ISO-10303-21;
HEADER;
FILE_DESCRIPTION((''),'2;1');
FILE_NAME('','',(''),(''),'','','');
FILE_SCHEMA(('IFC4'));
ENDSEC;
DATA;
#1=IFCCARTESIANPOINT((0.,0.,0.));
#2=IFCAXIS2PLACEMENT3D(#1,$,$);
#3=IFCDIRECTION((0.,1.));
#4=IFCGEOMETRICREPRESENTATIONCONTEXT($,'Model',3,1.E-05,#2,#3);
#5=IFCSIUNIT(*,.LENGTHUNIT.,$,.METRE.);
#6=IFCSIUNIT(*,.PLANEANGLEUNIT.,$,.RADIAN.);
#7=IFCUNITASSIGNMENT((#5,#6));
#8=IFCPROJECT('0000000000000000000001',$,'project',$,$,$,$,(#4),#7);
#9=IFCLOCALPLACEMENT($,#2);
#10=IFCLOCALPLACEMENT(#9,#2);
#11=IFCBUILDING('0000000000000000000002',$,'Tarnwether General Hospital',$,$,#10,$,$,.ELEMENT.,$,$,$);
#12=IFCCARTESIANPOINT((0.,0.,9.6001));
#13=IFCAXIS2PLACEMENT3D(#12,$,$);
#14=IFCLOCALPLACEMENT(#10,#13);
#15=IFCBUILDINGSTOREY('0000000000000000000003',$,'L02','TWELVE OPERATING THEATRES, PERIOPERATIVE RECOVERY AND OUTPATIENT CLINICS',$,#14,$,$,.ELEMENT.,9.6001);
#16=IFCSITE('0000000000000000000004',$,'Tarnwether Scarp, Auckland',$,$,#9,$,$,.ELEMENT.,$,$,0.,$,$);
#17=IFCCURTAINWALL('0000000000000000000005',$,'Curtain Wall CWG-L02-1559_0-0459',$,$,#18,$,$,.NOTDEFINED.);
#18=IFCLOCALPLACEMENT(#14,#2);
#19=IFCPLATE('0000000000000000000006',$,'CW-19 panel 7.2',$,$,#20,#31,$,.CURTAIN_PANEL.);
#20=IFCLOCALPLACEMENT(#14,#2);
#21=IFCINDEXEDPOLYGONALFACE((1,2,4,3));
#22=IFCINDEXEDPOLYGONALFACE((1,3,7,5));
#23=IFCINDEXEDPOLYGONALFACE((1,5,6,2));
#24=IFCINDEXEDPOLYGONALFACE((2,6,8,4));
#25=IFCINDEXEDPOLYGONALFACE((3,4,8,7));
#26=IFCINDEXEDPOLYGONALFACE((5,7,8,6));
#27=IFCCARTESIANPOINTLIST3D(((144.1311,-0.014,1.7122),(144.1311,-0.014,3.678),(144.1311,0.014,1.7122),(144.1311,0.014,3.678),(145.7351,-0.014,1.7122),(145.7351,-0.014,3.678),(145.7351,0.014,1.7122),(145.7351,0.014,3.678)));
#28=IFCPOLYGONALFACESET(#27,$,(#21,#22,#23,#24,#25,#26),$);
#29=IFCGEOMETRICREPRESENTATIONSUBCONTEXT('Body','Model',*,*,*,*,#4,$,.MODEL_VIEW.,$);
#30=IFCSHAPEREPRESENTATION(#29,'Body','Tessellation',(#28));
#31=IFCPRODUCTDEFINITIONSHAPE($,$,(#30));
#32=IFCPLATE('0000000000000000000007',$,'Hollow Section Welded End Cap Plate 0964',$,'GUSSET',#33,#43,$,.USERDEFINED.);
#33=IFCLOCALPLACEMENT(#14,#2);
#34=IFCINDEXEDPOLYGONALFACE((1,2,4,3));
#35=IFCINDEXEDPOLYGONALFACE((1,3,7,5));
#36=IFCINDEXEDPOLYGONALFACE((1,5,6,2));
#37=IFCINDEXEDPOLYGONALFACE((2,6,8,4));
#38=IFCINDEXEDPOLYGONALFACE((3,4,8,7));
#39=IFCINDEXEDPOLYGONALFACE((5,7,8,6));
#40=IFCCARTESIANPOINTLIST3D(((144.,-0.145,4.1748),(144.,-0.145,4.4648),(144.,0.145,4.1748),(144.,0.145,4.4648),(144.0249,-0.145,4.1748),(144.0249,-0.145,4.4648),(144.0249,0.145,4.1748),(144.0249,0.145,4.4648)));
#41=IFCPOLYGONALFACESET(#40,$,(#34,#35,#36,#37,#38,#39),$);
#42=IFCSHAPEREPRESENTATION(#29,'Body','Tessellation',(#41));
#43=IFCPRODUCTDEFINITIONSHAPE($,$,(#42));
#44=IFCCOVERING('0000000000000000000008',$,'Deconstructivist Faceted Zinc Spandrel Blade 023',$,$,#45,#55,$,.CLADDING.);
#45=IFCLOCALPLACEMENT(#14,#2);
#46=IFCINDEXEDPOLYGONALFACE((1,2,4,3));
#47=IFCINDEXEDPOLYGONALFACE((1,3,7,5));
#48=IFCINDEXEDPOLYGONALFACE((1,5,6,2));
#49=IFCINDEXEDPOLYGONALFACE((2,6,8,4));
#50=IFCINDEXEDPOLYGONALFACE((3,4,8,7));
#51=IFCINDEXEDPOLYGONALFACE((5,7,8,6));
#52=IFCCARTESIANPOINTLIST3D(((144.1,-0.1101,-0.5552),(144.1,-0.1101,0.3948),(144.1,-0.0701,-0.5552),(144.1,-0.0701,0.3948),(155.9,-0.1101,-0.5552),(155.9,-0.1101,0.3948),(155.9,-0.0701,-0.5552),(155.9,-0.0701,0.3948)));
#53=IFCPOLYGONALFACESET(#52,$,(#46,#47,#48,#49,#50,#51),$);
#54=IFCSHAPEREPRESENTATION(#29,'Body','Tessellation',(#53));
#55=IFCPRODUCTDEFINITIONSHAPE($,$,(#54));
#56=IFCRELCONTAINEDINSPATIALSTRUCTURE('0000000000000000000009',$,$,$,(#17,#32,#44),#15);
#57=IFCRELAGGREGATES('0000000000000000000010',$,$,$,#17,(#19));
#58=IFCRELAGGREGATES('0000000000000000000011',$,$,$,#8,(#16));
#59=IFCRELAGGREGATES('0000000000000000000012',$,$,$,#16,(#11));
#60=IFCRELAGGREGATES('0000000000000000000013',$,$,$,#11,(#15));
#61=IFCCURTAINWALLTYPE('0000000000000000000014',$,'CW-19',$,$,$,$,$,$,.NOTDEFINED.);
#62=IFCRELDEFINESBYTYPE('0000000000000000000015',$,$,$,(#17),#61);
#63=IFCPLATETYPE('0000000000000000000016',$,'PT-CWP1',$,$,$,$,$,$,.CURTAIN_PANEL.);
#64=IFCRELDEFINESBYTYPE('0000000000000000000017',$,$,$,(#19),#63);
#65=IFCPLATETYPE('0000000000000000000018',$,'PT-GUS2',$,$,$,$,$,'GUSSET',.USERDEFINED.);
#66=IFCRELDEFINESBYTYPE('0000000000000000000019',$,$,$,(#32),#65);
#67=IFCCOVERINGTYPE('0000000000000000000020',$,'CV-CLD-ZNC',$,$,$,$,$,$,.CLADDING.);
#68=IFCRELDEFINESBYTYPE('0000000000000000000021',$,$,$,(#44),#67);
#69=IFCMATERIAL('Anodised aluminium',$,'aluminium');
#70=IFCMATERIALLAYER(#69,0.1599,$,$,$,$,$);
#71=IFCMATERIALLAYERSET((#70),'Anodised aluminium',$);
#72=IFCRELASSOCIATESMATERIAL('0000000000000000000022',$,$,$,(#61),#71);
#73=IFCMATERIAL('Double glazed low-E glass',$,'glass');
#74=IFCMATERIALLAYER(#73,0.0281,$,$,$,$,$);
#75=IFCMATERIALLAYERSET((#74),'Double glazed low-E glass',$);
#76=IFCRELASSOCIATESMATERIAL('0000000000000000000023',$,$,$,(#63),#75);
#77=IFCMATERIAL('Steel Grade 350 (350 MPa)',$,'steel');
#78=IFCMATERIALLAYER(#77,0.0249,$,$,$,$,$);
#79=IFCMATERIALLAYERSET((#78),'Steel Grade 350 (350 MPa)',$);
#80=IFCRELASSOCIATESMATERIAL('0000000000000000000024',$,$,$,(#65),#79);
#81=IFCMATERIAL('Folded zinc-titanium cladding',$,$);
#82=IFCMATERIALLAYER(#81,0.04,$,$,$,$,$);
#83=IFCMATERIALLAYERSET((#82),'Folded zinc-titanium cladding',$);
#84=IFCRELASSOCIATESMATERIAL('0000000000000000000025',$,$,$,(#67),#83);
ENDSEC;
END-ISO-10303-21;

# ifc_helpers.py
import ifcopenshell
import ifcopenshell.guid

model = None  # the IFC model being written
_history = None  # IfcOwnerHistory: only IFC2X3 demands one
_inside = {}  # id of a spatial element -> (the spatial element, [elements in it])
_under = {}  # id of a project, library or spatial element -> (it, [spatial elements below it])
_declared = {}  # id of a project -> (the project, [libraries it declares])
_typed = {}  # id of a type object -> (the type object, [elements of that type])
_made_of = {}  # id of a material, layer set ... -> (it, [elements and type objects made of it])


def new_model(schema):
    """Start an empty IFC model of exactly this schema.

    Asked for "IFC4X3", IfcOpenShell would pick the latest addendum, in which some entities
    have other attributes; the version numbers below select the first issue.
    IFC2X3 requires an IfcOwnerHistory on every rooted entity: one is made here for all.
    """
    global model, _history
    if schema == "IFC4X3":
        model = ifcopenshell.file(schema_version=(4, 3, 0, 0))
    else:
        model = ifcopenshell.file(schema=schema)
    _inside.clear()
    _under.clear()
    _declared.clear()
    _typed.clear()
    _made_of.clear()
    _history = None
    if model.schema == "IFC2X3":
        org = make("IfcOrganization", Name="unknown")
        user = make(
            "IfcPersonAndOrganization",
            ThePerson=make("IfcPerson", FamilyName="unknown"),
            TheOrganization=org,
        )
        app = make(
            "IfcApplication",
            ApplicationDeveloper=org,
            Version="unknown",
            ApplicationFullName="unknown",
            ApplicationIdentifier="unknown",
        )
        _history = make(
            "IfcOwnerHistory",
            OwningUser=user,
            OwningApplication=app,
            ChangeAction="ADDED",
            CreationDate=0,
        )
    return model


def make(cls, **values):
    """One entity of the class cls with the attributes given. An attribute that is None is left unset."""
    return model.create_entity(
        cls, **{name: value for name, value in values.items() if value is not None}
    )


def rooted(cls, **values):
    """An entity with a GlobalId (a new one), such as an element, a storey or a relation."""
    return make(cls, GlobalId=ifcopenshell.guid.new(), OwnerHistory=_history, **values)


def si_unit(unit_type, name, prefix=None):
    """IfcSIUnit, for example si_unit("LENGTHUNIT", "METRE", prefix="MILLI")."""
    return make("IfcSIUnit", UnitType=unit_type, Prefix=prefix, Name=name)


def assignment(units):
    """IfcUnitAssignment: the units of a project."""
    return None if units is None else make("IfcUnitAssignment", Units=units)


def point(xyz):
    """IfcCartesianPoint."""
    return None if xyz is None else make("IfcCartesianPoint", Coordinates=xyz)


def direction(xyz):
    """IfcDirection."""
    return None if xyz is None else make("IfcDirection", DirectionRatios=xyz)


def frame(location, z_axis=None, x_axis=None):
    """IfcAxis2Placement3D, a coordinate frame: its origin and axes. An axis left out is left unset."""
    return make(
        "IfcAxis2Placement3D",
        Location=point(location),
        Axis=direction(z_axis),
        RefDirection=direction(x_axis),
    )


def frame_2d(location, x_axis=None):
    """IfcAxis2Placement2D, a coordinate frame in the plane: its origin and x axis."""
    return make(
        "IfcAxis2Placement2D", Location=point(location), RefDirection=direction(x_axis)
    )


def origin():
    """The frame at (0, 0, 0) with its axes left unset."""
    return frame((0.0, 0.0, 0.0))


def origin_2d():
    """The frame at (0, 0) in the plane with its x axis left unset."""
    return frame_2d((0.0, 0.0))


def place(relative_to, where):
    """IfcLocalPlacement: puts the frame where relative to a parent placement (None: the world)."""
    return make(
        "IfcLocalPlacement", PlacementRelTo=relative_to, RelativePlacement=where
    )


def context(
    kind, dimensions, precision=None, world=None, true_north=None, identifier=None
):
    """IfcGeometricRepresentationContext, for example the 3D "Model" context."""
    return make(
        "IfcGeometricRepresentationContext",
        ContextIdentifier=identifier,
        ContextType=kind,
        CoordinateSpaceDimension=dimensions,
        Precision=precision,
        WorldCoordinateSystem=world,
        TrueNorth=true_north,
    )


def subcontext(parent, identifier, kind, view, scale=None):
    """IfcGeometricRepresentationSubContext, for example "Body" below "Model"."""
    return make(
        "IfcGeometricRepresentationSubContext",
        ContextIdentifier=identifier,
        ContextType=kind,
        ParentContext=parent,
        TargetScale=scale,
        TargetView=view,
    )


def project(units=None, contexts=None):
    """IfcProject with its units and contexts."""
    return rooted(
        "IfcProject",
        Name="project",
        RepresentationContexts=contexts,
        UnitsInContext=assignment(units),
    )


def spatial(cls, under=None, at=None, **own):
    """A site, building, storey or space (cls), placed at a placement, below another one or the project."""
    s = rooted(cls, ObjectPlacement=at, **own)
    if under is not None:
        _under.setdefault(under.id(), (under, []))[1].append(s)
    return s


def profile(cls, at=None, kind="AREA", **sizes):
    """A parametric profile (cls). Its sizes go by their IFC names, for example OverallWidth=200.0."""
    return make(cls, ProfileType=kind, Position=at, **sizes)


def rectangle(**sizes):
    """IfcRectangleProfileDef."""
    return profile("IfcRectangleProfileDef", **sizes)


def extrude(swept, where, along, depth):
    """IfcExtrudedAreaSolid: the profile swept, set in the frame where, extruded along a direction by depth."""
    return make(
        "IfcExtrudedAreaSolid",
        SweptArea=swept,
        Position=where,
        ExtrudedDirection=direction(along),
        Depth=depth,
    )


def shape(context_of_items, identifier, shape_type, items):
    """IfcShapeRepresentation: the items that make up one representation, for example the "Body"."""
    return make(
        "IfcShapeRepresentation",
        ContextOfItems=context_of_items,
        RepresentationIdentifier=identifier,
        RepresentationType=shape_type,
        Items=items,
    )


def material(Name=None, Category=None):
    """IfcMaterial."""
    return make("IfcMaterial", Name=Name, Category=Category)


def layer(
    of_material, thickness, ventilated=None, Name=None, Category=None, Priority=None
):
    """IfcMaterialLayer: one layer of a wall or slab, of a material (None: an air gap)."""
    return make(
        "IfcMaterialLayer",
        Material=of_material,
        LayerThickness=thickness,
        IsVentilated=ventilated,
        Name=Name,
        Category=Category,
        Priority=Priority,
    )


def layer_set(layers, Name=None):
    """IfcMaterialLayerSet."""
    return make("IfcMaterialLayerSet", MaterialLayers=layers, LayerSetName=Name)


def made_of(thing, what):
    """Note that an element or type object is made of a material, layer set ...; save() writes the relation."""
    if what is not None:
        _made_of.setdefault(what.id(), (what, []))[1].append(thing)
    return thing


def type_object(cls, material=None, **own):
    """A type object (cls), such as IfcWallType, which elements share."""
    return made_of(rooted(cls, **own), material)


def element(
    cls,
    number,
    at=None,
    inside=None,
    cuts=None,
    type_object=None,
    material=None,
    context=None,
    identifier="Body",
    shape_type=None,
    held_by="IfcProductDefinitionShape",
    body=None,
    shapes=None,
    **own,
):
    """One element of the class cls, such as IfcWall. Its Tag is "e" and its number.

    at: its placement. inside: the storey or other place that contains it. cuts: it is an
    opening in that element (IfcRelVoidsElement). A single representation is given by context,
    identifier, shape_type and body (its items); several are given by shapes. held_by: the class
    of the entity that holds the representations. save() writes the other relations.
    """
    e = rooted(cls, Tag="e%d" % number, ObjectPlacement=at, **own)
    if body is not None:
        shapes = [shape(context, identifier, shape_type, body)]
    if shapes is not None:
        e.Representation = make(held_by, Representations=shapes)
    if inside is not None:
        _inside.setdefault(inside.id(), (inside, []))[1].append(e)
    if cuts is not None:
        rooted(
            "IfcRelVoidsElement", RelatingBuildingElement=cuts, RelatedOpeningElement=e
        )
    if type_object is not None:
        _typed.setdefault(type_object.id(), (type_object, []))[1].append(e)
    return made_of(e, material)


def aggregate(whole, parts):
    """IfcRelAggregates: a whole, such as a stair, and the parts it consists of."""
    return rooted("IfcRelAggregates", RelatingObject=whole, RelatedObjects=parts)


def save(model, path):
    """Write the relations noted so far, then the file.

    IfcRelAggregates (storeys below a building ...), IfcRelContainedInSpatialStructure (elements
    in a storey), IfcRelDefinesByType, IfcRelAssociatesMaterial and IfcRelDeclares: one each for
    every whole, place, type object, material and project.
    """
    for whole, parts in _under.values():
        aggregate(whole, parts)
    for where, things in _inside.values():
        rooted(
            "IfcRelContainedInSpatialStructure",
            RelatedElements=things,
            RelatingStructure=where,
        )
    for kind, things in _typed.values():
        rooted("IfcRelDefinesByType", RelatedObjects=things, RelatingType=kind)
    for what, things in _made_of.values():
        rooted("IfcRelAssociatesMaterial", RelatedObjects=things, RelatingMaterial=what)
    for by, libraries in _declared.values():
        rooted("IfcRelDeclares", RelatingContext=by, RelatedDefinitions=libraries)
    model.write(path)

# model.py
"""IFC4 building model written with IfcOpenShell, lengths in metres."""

from ifc_helpers import new_model, si_unit, direction, frame, origin, origin_2d, place, context, subcontext, project, spatial, rectangle, extrude, material, layer, layer_set, type_object, element, aggregate, save


model = new_model("IFC4")

# Units and contexts
model_context = context("Model", 3, precision=1e-05, world=origin(), true_north=direction((0.0, 1.0)))
body_context = subcontext(model_context, "Body", "Model", "MODEL_VIEW")
ifc_project = project(units=[si_unit("LENGTHUNIT", "METRE"), si_unit("PLANEANGLEUNIT", "RADIAN")], contexts=[model_context])

# Site, building, storey
site_placement = place(None, origin())
site = spatial("IfcSite", under=ifc_project, at=site_placement, Name="Tarnwether Scarp, Auckland", CompositionType="ELEMENT", RefElevation=0.0)
building_placement = place(site_placement, origin())
building = spatial("IfcBuilding", under=site, at=building_placement, Name="Tarnwether General Hospital", CompositionType="ELEMENT")
storey_placement = place(building_placement, frame((0.0, 0.0, 9.6001)))
storey = spatial("IfcBuildingStorey", under=building, at=storey_placement, Name="L02", Description="TWELVE OPERATING THEATRES, PERIOPERATIVE RECOVERY AND OUTPATIENT CLINICS", CompositionType="ELEMENT", Elevation=9.6001)

# Curtain wall, plate
ifc_material_1 = material(Name="Anodised aluminium", Category="aluminium")
ifc_layer_1 = layer(ifc_material_1, 0.1599)
ifc_layer_set_1 = layer_set([ifc_layer_1], Name="Anodised aluminium")
curtain_wall_type = type_object("IfcCurtainWallType", Name="CW-19", PredefinedType="NOTDEFINED", material=ifc_layer_set_1)
curtain_wall_placement = place(storey_placement, origin())
curtain_wall = element("IfcCurtainWall", 1, at=curtain_wall_placement, inside=storey, type_object=curtain_wall_type, Name="Curtain Wall CWG-L02-1559_0-0459", PredefinedType="NOTDEFINED")
ifc_material_2 = material(Name="Double glazed low-E glass", Category="glass")
ifc_layer_2 = layer(ifc_material_2, 0.0281)
ifc_layer_set_2 = layer_set([ifc_layer_2], Name="Double glazed low-E glass")
plate_type_1 = type_object("IfcPlateType", Name="PT-CWP1", PredefinedType="CURTAIN_PANEL", material=ifc_layer_set_2)
plate_1_placement = place(storey_placement, frame((144.9331, 0.0, 1.7122), z_axis=(0.0, 0.0, 1.0), x_axis=(-1.0, 0.0, 0.0)))
plate_1 = element("IfcPlate", 2, at=plate_1_placement, type_object=plate_type_1, Name="CW-19 panel 7.2", PredefinedType="CURTAIN_PANEL", context=body_context, shape_type="SweptSolid", body=[
    extrude(rectangle(XDim=1.604, YDim=0.0281, at=origin_2d()), origin(), (0.0, 0.0, 1.0), 1.9658),
])
aggregate(curtain_wall, [plate_1])

# Plate
ifc_material_3 = material(Name="Steel Grade 350 (350 MPa)", Category="steel")
ifc_layer_3 = layer(ifc_material_3, 0.0249)
ifc_layer_set_3 = layer_set([ifc_layer_3], Name="Steel Grade 350 (350 MPa)")
plate_type_2 = type_object("IfcPlateType", Name="PT-GUS2", ElementType="GUSSET", PredefinedType="USERDEFINED", material=ifc_layer_set_3)
plate_2_placement = place(storey_placement, frame((144.0125, 0.0, 4.1748), z_axis=(0.0, 0.0, 1.0), x_axis=(1.0, 0.0, 0.0)))
element("IfcPlate", 3, at=plate_2_placement, inside=storey, type_object=plate_type_2, Name="Hollow Section Welded End Cap Plate 0964", ObjectType="GUSSET", PredefinedType="USERDEFINED", context=body_context, shape_type="SweptSolid", body=[
    extrude(rectangle(XDim=0.0249, YDim=0.29, at=origin_2d()), origin(), (0.0, 0.0, 1.0), 0.29),
])

# Covering
ifc_material_4 = material(Name="Folded zinc-titanium cladding")
ifc_layer_4 = layer(ifc_material_4, 0.04)
ifc_layer_set_4 = layer_set([ifc_layer_4], Name="Folded zinc-titanium cladding")
covering_type = type_object("IfcCoveringType", Name="CV-CLD-ZNC", PredefinedType="CLADDING", material=ifc_layer_set_4)
covering_placement = place(storey_placement, frame((150.0, -0.0901, -0.5552), z_axis=(0.0, 0.0, 1.0), x_axis=(1.0, 0.0, 0.0)))
element("IfcCovering", 4, at=covering_placement, inside=storey, type_object=covering_type, Name="Deconstructivist Faceted Zinc Spandrel Blade 023", PredefinedType="CLADDING", context=body_context, shape_type="SweptSolid", body=[
    extrude(rectangle(XDim=11.8, YDim=0.04, at=origin_2d()), origin(), (0.0, 0.0, 1.0), 0.95),
])

save(model, "model.ifc")
